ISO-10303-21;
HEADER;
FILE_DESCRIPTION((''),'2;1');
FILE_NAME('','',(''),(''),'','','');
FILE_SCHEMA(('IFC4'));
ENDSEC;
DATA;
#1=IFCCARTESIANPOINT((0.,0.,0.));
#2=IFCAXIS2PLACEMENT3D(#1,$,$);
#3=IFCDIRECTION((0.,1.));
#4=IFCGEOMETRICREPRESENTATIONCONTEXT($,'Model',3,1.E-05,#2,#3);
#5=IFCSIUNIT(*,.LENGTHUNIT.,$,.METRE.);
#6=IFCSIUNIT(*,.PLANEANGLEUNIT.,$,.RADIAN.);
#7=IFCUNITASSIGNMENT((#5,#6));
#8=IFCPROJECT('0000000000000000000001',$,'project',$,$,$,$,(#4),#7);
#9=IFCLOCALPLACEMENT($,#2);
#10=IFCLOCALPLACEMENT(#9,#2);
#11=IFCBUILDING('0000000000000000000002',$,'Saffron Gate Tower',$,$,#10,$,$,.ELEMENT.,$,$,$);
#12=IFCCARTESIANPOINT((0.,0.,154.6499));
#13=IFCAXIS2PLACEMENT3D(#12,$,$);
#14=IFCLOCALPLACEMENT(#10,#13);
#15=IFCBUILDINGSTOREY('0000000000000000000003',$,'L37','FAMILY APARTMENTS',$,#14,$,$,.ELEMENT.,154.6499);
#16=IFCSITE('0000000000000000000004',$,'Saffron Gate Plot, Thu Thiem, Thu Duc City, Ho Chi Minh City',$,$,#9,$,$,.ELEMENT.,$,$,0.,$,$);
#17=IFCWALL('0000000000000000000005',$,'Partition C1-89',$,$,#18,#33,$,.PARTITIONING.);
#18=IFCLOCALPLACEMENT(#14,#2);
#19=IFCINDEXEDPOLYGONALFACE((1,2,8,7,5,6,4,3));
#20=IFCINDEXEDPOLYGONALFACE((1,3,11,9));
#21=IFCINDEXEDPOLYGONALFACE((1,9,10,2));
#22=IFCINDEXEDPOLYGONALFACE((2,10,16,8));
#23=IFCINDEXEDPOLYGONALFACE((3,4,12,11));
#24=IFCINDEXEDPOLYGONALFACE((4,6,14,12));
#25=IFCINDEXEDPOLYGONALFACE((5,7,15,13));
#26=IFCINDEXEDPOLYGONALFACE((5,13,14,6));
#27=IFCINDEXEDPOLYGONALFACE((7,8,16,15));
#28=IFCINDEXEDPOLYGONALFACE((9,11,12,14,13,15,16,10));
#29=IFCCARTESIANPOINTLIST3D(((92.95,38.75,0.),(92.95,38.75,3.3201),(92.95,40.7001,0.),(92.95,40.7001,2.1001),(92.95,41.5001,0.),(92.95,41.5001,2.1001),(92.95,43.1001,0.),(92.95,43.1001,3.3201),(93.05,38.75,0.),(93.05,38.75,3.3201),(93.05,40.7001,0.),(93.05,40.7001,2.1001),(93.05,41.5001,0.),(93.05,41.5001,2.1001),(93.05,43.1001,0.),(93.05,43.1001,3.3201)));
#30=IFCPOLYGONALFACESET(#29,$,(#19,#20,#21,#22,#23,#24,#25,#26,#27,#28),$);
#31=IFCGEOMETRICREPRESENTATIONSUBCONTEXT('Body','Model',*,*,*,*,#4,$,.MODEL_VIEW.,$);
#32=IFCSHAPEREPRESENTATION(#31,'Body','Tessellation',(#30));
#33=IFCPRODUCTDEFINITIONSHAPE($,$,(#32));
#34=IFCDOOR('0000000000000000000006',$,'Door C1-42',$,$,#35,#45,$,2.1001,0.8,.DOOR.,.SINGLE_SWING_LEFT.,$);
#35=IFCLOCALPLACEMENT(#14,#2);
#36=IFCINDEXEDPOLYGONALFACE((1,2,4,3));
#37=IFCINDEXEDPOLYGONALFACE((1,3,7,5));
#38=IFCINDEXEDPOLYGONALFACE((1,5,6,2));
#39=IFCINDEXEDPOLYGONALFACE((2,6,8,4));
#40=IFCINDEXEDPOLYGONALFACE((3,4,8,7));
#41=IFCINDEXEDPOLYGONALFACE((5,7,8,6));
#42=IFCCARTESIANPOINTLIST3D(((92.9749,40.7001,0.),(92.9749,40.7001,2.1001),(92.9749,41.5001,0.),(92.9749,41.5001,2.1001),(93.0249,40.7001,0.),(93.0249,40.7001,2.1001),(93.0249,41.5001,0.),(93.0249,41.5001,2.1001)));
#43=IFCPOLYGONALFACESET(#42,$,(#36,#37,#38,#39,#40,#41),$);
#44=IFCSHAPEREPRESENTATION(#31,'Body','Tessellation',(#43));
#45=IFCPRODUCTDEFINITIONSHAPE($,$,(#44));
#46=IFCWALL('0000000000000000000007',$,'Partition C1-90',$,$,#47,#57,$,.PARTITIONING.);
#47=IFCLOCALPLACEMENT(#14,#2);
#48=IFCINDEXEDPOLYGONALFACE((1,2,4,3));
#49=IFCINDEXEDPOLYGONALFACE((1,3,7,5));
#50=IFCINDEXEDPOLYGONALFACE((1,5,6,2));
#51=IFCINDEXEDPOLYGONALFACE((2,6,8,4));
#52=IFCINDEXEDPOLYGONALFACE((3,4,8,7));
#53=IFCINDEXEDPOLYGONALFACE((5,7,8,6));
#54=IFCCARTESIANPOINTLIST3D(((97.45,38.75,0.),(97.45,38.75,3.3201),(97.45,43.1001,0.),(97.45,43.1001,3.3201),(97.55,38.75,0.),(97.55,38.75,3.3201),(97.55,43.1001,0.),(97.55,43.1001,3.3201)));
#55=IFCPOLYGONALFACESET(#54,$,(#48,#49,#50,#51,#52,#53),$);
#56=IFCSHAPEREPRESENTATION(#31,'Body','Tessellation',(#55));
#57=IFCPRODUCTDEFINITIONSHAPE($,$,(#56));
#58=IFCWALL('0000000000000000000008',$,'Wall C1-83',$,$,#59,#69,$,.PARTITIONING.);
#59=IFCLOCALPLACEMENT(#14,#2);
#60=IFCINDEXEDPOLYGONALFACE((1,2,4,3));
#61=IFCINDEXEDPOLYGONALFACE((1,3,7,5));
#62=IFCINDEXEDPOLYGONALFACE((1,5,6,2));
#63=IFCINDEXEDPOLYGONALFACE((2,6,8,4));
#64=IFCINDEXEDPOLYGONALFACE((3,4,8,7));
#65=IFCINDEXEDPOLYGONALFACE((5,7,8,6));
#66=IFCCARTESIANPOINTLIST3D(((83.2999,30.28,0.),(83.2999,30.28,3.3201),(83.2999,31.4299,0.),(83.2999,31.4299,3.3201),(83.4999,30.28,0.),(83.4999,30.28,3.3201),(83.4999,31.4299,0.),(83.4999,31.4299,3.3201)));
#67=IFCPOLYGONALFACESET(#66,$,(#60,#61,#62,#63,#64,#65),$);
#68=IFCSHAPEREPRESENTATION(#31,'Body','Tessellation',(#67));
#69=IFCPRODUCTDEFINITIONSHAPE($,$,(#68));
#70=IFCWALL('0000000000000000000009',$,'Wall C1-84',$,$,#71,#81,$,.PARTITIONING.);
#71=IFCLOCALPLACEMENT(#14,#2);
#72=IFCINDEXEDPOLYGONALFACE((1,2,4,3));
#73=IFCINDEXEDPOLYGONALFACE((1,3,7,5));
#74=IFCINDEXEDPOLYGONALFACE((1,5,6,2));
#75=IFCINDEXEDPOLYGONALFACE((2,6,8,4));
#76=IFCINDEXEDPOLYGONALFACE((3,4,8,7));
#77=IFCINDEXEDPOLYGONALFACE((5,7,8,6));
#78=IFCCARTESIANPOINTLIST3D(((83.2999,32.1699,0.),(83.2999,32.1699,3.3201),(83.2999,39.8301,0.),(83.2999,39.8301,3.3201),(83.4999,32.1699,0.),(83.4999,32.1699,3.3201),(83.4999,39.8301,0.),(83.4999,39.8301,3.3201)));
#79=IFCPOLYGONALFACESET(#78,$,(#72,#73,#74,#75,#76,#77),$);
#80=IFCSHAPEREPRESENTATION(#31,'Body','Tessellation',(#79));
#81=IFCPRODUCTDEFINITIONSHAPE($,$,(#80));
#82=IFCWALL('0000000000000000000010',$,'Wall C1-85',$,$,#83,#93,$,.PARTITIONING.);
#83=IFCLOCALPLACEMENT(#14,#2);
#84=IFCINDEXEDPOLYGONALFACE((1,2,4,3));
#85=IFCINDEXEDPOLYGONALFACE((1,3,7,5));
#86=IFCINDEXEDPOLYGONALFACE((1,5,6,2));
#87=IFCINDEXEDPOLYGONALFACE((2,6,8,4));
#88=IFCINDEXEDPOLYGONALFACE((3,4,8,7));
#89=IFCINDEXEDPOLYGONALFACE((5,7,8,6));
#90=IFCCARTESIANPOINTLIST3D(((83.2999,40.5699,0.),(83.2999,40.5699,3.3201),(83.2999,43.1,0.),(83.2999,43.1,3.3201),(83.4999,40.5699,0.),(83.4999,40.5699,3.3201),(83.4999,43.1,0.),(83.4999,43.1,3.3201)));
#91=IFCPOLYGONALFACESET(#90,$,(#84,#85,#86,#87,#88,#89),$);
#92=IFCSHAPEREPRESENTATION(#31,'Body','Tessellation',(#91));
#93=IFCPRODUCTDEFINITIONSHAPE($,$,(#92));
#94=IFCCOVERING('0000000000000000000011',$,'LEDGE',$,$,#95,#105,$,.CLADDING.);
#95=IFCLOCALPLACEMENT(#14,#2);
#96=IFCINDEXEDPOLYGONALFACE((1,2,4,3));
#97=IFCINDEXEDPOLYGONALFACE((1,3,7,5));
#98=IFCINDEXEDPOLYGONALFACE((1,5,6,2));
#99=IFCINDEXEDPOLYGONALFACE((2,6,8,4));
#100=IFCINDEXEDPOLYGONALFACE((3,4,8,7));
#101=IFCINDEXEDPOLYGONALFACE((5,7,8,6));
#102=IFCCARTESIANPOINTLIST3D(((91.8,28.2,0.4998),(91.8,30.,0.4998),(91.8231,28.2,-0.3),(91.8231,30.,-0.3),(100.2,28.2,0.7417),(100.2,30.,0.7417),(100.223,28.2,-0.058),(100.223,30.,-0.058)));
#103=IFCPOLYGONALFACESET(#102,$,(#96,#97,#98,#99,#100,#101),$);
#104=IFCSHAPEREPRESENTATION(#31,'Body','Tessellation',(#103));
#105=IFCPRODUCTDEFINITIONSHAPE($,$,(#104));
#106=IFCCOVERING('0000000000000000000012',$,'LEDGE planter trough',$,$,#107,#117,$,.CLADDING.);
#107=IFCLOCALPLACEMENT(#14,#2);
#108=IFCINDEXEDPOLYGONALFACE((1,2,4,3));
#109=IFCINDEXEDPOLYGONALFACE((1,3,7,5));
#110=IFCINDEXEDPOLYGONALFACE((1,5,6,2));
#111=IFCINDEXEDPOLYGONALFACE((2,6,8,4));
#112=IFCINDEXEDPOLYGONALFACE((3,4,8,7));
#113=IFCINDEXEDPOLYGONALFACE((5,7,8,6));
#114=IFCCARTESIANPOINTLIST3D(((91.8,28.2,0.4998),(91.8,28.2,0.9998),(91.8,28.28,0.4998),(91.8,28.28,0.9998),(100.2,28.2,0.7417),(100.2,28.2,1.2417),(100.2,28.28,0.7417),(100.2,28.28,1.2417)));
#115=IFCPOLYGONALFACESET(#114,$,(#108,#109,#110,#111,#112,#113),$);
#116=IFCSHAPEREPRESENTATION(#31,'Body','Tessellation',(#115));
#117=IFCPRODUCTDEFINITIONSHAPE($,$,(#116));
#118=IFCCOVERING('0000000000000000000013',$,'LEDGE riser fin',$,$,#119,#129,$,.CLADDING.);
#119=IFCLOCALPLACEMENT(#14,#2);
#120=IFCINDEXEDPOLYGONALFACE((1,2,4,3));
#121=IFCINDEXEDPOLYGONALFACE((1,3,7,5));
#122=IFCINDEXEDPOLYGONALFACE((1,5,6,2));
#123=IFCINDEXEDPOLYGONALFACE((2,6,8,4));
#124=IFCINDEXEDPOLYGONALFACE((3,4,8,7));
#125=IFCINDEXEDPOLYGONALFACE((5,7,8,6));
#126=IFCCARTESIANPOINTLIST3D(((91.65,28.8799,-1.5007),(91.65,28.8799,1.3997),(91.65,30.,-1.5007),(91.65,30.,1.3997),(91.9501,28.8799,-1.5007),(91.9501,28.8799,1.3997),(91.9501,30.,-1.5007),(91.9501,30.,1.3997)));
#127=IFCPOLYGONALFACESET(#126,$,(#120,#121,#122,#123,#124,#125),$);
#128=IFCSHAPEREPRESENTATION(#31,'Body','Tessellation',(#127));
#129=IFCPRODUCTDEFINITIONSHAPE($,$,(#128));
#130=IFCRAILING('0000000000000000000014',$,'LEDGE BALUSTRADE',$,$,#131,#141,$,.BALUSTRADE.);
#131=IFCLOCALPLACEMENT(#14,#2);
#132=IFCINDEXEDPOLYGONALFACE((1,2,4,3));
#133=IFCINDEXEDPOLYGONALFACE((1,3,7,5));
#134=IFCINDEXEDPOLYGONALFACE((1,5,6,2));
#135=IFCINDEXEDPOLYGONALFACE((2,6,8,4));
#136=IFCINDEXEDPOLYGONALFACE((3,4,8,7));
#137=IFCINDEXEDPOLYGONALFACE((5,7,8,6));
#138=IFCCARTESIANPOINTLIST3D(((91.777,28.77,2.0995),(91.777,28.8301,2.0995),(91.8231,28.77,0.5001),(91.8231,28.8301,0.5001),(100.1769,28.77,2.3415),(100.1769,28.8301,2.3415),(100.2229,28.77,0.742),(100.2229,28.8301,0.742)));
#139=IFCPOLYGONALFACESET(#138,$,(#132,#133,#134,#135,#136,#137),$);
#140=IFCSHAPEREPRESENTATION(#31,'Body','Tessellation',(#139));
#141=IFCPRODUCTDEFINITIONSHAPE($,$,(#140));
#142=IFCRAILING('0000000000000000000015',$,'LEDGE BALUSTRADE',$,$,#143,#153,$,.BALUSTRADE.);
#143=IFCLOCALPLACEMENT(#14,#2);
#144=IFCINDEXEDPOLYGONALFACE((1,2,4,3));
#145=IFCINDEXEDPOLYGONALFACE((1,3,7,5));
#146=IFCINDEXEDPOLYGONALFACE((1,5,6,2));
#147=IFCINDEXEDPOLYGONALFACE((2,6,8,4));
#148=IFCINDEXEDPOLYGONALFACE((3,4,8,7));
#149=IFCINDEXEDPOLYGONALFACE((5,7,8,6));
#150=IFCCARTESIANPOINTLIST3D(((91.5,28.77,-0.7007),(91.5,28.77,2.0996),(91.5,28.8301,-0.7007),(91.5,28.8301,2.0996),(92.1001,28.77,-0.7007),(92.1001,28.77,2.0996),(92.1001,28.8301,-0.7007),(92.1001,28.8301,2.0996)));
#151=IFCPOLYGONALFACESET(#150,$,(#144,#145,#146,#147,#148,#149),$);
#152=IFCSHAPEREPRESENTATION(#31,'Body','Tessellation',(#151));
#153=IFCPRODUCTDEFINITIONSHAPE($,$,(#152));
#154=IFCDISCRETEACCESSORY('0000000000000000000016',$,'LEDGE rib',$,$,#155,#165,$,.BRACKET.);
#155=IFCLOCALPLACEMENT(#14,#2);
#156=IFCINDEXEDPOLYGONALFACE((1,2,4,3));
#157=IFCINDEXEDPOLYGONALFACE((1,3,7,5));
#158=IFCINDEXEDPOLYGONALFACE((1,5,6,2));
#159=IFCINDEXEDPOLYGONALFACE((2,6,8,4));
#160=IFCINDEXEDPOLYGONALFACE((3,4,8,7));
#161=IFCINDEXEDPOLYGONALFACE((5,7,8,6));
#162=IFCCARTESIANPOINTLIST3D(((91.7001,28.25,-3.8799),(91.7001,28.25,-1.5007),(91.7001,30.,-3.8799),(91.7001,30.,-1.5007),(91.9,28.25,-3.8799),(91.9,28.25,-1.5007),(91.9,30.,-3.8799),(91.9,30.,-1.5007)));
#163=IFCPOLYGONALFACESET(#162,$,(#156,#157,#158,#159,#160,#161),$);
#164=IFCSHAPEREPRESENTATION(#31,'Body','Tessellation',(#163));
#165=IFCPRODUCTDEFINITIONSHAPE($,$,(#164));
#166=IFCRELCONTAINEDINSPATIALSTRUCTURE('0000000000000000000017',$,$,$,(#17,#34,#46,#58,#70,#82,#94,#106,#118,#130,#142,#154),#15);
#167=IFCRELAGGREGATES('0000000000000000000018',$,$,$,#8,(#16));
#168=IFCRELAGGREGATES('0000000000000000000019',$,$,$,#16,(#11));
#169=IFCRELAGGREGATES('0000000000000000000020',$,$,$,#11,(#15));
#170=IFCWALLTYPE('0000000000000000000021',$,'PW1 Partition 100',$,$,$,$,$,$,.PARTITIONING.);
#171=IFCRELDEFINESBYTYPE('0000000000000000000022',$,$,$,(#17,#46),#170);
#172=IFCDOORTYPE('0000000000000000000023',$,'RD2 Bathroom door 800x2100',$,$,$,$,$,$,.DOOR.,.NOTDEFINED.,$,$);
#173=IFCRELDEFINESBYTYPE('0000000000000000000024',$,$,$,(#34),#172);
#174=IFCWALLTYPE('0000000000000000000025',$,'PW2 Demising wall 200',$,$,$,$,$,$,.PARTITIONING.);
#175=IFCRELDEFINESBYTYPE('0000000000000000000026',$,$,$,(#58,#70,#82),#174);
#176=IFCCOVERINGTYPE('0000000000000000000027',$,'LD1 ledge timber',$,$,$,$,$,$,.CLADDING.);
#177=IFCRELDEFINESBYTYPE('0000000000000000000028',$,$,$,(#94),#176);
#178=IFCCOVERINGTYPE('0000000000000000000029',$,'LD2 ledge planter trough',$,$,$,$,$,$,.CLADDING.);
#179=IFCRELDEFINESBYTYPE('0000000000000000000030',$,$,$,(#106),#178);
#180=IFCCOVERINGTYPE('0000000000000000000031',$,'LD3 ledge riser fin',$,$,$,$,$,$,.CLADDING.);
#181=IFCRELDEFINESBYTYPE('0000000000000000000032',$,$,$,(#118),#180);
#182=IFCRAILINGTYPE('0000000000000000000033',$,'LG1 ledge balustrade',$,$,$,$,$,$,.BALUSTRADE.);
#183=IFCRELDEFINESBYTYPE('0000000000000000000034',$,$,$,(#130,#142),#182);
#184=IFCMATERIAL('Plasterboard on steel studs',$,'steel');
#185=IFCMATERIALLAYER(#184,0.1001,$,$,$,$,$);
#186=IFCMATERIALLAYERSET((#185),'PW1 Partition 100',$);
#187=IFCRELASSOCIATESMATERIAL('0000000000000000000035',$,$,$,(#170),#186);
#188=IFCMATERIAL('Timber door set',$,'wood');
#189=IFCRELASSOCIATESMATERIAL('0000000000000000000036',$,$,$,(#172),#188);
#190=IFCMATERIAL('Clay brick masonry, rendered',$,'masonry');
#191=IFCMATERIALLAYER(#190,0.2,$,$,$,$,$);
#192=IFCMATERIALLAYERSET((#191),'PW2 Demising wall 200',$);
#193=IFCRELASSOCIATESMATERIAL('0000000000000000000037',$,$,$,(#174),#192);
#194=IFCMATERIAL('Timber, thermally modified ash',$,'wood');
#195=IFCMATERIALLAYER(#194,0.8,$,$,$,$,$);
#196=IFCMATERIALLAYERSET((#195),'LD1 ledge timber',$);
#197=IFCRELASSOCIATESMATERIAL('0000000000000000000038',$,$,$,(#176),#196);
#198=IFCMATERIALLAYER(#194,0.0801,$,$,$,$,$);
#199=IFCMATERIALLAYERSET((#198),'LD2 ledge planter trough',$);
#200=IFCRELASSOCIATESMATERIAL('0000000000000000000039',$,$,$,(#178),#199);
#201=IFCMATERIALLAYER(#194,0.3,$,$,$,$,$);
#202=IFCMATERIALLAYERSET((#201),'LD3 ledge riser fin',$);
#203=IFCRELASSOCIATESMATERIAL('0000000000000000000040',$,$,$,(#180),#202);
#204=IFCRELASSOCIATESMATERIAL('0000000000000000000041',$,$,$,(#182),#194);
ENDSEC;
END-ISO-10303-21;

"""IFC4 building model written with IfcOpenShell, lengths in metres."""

from ifc_helpers import new_model, si_unit, direction, frame, frame_2d, origin, origin_2d, place, context, subcontext, project, spatial, polyline, rectangle, outline, extrude, material, layer, layer_set, type_object, element, fill, save


model = new_model("IFC4")

# Units and contexts
model_context = context("Model", 3, precision=1e-05, world=origin(), true_north=direction((0.0, 1.0)))
body_context = subcontext(model_context, "Body", "Model", "MODEL_VIEW")
ifc_project = project(units=[si_unit("LENGTHUNIT", "METRE"), si_unit("PLANEANGLEUNIT", "RADIAN")], contexts=[model_context])

# Site, building, storey
site_placement = place(None, origin())
site = spatial("IfcSite", under=ifc_project, at=site_placement, Name="Saffron Gate Plot, Thu Thiem, Thu Duc City, Ho Chi Minh City", CompositionType="ELEMENT", RefElevation=0.0)
building_placement = place(site_placement, origin())
building = spatial("IfcBuilding", under=site, at=building_placement, Name="Saffron Gate Tower", CompositionType="ELEMENT")
storey_placement = place(building_placement, frame((0.0, 0.0, 154.6499)))
storey = spatial("IfcBuildingStorey", under=building, at=storey_placement, Name="L37", Description="FAMILY APARTMENTS", CompositionType="ELEMENT", Elevation=154.6499)

# Shared definitions
ifc_material_1 = material(Name="Plasterboard on steel studs", Category="steel")
ifc_layer_1 = layer(ifc_material_1, 0.1001)
ifc_layer_set_1 = layer_set([ifc_layer_1], Name="PW1 Partition 100")
wall_type_1 = type_object("IfcWallType", Name="PW1 Partition 100", PredefinedType="PARTITIONING", material=ifc_layer_set_1)
ifc_material_2 = material(Name="Timber door set", Category="wood")
door_type_1 = type_object("IfcDoorType", Name="RD2 Bathroom door 800x2100", OperationType="NOTDEFINED", PredefinedType="DOOR", material=ifc_material_2)

# Wall, opening, door
wall_1_placement = place(storey_placement, frame((93.0, 43.1001, 0.0), z_axis=(0.0, 0.0, 1.0), x_axis=(0.0, -1.0, 0.0)))
wall_1 = element("IfcWall", 1, at=wall_1_placement, inside=storey, type_object=wall_type_1, Name="Partition C1-89", PredefinedType="PARTITIONING", context=body_context, shape_type="SweptSolid", body=[
    extrude(rectangle(XDim=4.3501, YDim=0.1001, at=frame_2d((2.175, 0.0))), origin(), (0.0, 0.0, 1.0), 3.3201),
])
opening_1_placement = place(wall_1_placement, frame((1.6001, 0.0, 0.0)))
opening_1 = element("IfcOpeningElement", 2, at=opening_1_placement, cuts=wall_1, PredefinedType="OPENING", context=body_context, shape_type="SweptSolid", body=[
    extrude(rectangle(XDim=0.8, YDim=2.1001, at=frame_2d((0.3999, 1.05))), frame((0.0, 0.0601, 0.0), z_axis=(0.0, -1.0, 0.0), x_axis=(1.0, 0.0, 0.0)), (0.0, 0.0, 1.0), 0.1201),
])
door_1_placement = place(opening_1_placement, origin())
door_1 = element("IfcDoor", 3, at=door_1_placement, inside=storey, type_object=door_type_1, Name="Door C1-42", OperationType="SINGLE_SWING_LEFT", OverallHeight=2.1001, OverallWidth=0.8, PredefinedType="DOOR", context=body_context, shape_type="SweptSolid", body=[
    extrude(rectangle(XDim=0.8, YDim=2.1001, at=frame_2d((0.3999, 1.05))), frame((0.0, 0.0249, 0.0), z_axis=(0.0, -1.0, 0.0), x_axis=(1.0, 0.0, 0.0)), (0.0, 0.0, 1.0), 0.05),
])
fill(opening_1, door_1)

# Walls
wall_2_placement = place(storey_placement, frame((97.5, 43.1001, 0.0), z_axis=(0.0, 0.0, 1.0), x_axis=(0.0, -1.0, 0.0)))
element("IfcWall", 4, at=wall_2_placement, inside=storey, type_object=wall_type_1, Name="Partition C1-90", PredefinedType="PARTITIONING", context=body_context, shape_type="SweptSolid", body=[
    extrude(rectangle(XDim=4.3501, YDim=0.1001, at=frame_2d((2.175, 0.0))), origin(), (0.0, 0.0, 1.0), 3.3201),
])
ifc_material_3 = material(Name="Clay brick masonry, rendered", Category="masonry")
ifc_layer_2 = layer(ifc_material_3, 0.2)
ifc_layer_set_2 = layer_set([ifc_layer_2], Name="PW2 Demising wall 200")
wall_type_2 = type_object("IfcWallType", Name="PW2 Demising wall 200", PredefinedType="PARTITIONING", material=ifc_layer_set_2)
wall_3_placement = place(storey_placement, frame((83.3999, 31.4299, 0.0), z_axis=(0.0, 0.0, 1.0), x_axis=(0.0, -1.0, 0.0)))
element("IfcWall", 5, at=wall_3_placement, inside=storey, type_object=wall_type_2, Name="Wall C1-83", PredefinedType="PARTITIONING", context=body_context, shape_type="SweptSolid", body=[
    extrude(rectangle(XDim=1.1499, YDim=0.2, at=frame_2d((0.575, 0.0))), origin(), (0.0, 0.0, 1.0), 3.3201),
])
wall_4_placement = place(storey_placement, frame((83.3999, 39.8301, 0.0), z_axis=(0.0, 0.0, 1.0), x_axis=(0.0, -1.0, 0.0)))
element("IfcWall", 6, at=wall_4_placement, inside=storey, type_object=wall_type_2, Name="Wall C1-84", PredefinedType="PARTITIONING", context=body_context, shape_type="SweptSolid", body=[
    extrude(rectangle(XDim=7.6602, YDim=0.2, at=frame_2d((3.8301, 0.0))), origin(), (0.0, 0.0, 1.0), 3.3201),
])
wall_5_placement = place(storey_placement, frame((83.3999, 43.1001, 0.0), z_axis=(0.0, 0.0, 1.0), x_axis=(0.0, -1.0, 0.0)))
element("IfcWall", 7, at=wall_5_placement, inside=storey, type_object=wall_type_2, Name="Wall C1-85", PredefinedType="PARTITIONING", context=body_context, shape_type="SweptSolid", body=[
    extrude(rectangle(XDim=2.53, YDim=0.2, at=frame_2d((1.2651, 0.0))), origin(), (0.0, 0.0, 1.0), 3.3201),
])

# Coverings
ifc_material_4 = material(Name="Timber, thermally modified ash", Category="wood")
ifc_layer_3 = layer(ifc_material_4, 0.8)
ifc_layer_set_3 = layer_set([ifc_layer_3], Name="LD1 ledge timber")
covering_type_1 = type_object("IfcCoveringType", Name="LD1 ledge timber", PredefinedType="CLADDING", material=ifc_layer_set_3)
covering_1_placement = place(storey_placement, frame((91.8, 30.0, 0.4998), z_axis=(-0.028791, 0.0, 0.999585), x_axis=(0.999585, 0.0, 0.028791)))
element("IfcCovering", 8, at=covering_1_placement, inside=storey, type_object=covering_type_1, Name="LEDGE", PredefinedType="CLADDING", context=body_context, shape_type="SweptSolid", body=[
    extrude(outline(polyline([(0.0, 0.0), (8.4034, 0.0), (8.4034, -1.8), (0.0, -1.8), (0.0, 0.0)])), origin(), (0.0, 0.0, -1.0), 0.8),
])
ifc_layer_4 = layer(ifc_material_4, 0.0801)
ifc_layer_set_4 = layer_set([ifc_layer_4], Name="LD2 ledge planter trough")
covering_type_2 = type_object("IfcCoveringType", Name="LD2 ledge planter trough", PredefinedType="CLADDING", material=ifc_layer_set_4)
covering_2_placement = place(storey_placement, frame((91.8, 28.2, 0.4998), z_axis=(0.0, -1.0, 0.0), x_axis=(0.999585, 0.0, 0.028791)))
element("IfcCovering", 9, at=covering_2_placement, inside=storey, type_object=covering_type_2, Name="LEDGE planter trough", PredefinedType="CLADDING", context=body_context, shape_type="SweptSolid", body=[
    extrude(outline(polyline([(0.0, 0.0), (8.4034, 0.0), (8.4178, 0.4998), (0.0144, 0.4998), (0.0, 0.0)])), origin(), (0.0, 0.0, -1.0), 0.0801),
])
ifc_layer_5 = layer(ifc_material_4, 0.3)
ifc_layer_set_5 = layer_set([ifc_layer_5], Name="LD3 ledge riser fin")
covering_type_3 = type_object("IfcCoveringType", Name="LD3 ledge riser fin", PredefinedType="CLADDING", material=ifc_layer_set_5)
covering_3_placement = place(storey_placement, frame((91.8, 29.4399, -1.5007), z_axis=(0.0, 0.0, 1.0), x_axis=(1.0, 0.0, 0.0)))
element("IfcCovering", 10, at=covering_3_placement, inside=storey, type_object=covering_type_3, Name="LEDGE riser fin", PredefinedType="CLADDING", context=body_context, shape_type="SweptSolid", body=[
    extrude(rectangle(XDim=0.3, YDim=1.1201, at=origin_2d()), origin(), (0.0, 0.0, 1.0), 2.9004),
])

# Railings
railing_type_1 = type_object("IfcRailingType", Name="LG1 ledge balustrade", PredefinedType="BALUSTRADE", material=ifc_material_4)
railing_1_placement = place(storey_placement, frame((91.8, 28.8, 0.4998)))
element("IfcRailing", 11, at=railing_1_placement, inside=storey, type_object=railing_type_1, Name="LEDGE BALUSTRADE", PredefinedType="BALUSTRADE", context=body_context, shape_type="SweptSolid", body=[
    extrude(rectangle(XDim=0.0601, YDim=1.6001, at=origin_2d()), frame((0.0, 0.0, 0.8), z_axis=(0.999585, 0.0, 0.028791), x_axis=(0.0, 1.0, 0.0)), (0.0, 0.0, 1.0), 8.4033),
])
railing_2_placement = place(storey_placement, frame((91.5, 28.8, -0.7007)))
element("IfcRailing", 12, at=railing_2_placement, inside=storey, type_object=railing_type_1, Name="LEDGE BALUSTRADE", PredefinedType="BALUSTRADE", context=body_context, shape_type="SweptSolid", body=[
    extrude(rectangle(XDim=0.0601, YDim=2.8003, at=origin_2d()), frame((0.0, 0.0, 1.4001), z_axis=(1.0, 0.0, 0.0), x_axis=(0.0, 1.0, 0.0)), (0.0, 0.0, 1.0), 0.6001),
])

# Discrete accessory
discrete_accessory_placement = place(storey_placement, frame((91.8, 29.125, -3.8799), z_axis=(0.0, 0.0, 1.0), x_axis=(1.0, 0.0, 0.0)))
element("IfcDiscreteAccessory", 13, at=discrete_accessory_placement, inside=storey, Name="LEDGE rib", PredefinedType="BRACKET", context=body_context, shape_type="SweptSolid", body=[
    extrude(rectangle(XDim=0.2, YDim=1.75, at=origin_2d()), origin(), (0.0, 0.0, 1.0), 2.3792),
])

save(model, "model.ifc")
